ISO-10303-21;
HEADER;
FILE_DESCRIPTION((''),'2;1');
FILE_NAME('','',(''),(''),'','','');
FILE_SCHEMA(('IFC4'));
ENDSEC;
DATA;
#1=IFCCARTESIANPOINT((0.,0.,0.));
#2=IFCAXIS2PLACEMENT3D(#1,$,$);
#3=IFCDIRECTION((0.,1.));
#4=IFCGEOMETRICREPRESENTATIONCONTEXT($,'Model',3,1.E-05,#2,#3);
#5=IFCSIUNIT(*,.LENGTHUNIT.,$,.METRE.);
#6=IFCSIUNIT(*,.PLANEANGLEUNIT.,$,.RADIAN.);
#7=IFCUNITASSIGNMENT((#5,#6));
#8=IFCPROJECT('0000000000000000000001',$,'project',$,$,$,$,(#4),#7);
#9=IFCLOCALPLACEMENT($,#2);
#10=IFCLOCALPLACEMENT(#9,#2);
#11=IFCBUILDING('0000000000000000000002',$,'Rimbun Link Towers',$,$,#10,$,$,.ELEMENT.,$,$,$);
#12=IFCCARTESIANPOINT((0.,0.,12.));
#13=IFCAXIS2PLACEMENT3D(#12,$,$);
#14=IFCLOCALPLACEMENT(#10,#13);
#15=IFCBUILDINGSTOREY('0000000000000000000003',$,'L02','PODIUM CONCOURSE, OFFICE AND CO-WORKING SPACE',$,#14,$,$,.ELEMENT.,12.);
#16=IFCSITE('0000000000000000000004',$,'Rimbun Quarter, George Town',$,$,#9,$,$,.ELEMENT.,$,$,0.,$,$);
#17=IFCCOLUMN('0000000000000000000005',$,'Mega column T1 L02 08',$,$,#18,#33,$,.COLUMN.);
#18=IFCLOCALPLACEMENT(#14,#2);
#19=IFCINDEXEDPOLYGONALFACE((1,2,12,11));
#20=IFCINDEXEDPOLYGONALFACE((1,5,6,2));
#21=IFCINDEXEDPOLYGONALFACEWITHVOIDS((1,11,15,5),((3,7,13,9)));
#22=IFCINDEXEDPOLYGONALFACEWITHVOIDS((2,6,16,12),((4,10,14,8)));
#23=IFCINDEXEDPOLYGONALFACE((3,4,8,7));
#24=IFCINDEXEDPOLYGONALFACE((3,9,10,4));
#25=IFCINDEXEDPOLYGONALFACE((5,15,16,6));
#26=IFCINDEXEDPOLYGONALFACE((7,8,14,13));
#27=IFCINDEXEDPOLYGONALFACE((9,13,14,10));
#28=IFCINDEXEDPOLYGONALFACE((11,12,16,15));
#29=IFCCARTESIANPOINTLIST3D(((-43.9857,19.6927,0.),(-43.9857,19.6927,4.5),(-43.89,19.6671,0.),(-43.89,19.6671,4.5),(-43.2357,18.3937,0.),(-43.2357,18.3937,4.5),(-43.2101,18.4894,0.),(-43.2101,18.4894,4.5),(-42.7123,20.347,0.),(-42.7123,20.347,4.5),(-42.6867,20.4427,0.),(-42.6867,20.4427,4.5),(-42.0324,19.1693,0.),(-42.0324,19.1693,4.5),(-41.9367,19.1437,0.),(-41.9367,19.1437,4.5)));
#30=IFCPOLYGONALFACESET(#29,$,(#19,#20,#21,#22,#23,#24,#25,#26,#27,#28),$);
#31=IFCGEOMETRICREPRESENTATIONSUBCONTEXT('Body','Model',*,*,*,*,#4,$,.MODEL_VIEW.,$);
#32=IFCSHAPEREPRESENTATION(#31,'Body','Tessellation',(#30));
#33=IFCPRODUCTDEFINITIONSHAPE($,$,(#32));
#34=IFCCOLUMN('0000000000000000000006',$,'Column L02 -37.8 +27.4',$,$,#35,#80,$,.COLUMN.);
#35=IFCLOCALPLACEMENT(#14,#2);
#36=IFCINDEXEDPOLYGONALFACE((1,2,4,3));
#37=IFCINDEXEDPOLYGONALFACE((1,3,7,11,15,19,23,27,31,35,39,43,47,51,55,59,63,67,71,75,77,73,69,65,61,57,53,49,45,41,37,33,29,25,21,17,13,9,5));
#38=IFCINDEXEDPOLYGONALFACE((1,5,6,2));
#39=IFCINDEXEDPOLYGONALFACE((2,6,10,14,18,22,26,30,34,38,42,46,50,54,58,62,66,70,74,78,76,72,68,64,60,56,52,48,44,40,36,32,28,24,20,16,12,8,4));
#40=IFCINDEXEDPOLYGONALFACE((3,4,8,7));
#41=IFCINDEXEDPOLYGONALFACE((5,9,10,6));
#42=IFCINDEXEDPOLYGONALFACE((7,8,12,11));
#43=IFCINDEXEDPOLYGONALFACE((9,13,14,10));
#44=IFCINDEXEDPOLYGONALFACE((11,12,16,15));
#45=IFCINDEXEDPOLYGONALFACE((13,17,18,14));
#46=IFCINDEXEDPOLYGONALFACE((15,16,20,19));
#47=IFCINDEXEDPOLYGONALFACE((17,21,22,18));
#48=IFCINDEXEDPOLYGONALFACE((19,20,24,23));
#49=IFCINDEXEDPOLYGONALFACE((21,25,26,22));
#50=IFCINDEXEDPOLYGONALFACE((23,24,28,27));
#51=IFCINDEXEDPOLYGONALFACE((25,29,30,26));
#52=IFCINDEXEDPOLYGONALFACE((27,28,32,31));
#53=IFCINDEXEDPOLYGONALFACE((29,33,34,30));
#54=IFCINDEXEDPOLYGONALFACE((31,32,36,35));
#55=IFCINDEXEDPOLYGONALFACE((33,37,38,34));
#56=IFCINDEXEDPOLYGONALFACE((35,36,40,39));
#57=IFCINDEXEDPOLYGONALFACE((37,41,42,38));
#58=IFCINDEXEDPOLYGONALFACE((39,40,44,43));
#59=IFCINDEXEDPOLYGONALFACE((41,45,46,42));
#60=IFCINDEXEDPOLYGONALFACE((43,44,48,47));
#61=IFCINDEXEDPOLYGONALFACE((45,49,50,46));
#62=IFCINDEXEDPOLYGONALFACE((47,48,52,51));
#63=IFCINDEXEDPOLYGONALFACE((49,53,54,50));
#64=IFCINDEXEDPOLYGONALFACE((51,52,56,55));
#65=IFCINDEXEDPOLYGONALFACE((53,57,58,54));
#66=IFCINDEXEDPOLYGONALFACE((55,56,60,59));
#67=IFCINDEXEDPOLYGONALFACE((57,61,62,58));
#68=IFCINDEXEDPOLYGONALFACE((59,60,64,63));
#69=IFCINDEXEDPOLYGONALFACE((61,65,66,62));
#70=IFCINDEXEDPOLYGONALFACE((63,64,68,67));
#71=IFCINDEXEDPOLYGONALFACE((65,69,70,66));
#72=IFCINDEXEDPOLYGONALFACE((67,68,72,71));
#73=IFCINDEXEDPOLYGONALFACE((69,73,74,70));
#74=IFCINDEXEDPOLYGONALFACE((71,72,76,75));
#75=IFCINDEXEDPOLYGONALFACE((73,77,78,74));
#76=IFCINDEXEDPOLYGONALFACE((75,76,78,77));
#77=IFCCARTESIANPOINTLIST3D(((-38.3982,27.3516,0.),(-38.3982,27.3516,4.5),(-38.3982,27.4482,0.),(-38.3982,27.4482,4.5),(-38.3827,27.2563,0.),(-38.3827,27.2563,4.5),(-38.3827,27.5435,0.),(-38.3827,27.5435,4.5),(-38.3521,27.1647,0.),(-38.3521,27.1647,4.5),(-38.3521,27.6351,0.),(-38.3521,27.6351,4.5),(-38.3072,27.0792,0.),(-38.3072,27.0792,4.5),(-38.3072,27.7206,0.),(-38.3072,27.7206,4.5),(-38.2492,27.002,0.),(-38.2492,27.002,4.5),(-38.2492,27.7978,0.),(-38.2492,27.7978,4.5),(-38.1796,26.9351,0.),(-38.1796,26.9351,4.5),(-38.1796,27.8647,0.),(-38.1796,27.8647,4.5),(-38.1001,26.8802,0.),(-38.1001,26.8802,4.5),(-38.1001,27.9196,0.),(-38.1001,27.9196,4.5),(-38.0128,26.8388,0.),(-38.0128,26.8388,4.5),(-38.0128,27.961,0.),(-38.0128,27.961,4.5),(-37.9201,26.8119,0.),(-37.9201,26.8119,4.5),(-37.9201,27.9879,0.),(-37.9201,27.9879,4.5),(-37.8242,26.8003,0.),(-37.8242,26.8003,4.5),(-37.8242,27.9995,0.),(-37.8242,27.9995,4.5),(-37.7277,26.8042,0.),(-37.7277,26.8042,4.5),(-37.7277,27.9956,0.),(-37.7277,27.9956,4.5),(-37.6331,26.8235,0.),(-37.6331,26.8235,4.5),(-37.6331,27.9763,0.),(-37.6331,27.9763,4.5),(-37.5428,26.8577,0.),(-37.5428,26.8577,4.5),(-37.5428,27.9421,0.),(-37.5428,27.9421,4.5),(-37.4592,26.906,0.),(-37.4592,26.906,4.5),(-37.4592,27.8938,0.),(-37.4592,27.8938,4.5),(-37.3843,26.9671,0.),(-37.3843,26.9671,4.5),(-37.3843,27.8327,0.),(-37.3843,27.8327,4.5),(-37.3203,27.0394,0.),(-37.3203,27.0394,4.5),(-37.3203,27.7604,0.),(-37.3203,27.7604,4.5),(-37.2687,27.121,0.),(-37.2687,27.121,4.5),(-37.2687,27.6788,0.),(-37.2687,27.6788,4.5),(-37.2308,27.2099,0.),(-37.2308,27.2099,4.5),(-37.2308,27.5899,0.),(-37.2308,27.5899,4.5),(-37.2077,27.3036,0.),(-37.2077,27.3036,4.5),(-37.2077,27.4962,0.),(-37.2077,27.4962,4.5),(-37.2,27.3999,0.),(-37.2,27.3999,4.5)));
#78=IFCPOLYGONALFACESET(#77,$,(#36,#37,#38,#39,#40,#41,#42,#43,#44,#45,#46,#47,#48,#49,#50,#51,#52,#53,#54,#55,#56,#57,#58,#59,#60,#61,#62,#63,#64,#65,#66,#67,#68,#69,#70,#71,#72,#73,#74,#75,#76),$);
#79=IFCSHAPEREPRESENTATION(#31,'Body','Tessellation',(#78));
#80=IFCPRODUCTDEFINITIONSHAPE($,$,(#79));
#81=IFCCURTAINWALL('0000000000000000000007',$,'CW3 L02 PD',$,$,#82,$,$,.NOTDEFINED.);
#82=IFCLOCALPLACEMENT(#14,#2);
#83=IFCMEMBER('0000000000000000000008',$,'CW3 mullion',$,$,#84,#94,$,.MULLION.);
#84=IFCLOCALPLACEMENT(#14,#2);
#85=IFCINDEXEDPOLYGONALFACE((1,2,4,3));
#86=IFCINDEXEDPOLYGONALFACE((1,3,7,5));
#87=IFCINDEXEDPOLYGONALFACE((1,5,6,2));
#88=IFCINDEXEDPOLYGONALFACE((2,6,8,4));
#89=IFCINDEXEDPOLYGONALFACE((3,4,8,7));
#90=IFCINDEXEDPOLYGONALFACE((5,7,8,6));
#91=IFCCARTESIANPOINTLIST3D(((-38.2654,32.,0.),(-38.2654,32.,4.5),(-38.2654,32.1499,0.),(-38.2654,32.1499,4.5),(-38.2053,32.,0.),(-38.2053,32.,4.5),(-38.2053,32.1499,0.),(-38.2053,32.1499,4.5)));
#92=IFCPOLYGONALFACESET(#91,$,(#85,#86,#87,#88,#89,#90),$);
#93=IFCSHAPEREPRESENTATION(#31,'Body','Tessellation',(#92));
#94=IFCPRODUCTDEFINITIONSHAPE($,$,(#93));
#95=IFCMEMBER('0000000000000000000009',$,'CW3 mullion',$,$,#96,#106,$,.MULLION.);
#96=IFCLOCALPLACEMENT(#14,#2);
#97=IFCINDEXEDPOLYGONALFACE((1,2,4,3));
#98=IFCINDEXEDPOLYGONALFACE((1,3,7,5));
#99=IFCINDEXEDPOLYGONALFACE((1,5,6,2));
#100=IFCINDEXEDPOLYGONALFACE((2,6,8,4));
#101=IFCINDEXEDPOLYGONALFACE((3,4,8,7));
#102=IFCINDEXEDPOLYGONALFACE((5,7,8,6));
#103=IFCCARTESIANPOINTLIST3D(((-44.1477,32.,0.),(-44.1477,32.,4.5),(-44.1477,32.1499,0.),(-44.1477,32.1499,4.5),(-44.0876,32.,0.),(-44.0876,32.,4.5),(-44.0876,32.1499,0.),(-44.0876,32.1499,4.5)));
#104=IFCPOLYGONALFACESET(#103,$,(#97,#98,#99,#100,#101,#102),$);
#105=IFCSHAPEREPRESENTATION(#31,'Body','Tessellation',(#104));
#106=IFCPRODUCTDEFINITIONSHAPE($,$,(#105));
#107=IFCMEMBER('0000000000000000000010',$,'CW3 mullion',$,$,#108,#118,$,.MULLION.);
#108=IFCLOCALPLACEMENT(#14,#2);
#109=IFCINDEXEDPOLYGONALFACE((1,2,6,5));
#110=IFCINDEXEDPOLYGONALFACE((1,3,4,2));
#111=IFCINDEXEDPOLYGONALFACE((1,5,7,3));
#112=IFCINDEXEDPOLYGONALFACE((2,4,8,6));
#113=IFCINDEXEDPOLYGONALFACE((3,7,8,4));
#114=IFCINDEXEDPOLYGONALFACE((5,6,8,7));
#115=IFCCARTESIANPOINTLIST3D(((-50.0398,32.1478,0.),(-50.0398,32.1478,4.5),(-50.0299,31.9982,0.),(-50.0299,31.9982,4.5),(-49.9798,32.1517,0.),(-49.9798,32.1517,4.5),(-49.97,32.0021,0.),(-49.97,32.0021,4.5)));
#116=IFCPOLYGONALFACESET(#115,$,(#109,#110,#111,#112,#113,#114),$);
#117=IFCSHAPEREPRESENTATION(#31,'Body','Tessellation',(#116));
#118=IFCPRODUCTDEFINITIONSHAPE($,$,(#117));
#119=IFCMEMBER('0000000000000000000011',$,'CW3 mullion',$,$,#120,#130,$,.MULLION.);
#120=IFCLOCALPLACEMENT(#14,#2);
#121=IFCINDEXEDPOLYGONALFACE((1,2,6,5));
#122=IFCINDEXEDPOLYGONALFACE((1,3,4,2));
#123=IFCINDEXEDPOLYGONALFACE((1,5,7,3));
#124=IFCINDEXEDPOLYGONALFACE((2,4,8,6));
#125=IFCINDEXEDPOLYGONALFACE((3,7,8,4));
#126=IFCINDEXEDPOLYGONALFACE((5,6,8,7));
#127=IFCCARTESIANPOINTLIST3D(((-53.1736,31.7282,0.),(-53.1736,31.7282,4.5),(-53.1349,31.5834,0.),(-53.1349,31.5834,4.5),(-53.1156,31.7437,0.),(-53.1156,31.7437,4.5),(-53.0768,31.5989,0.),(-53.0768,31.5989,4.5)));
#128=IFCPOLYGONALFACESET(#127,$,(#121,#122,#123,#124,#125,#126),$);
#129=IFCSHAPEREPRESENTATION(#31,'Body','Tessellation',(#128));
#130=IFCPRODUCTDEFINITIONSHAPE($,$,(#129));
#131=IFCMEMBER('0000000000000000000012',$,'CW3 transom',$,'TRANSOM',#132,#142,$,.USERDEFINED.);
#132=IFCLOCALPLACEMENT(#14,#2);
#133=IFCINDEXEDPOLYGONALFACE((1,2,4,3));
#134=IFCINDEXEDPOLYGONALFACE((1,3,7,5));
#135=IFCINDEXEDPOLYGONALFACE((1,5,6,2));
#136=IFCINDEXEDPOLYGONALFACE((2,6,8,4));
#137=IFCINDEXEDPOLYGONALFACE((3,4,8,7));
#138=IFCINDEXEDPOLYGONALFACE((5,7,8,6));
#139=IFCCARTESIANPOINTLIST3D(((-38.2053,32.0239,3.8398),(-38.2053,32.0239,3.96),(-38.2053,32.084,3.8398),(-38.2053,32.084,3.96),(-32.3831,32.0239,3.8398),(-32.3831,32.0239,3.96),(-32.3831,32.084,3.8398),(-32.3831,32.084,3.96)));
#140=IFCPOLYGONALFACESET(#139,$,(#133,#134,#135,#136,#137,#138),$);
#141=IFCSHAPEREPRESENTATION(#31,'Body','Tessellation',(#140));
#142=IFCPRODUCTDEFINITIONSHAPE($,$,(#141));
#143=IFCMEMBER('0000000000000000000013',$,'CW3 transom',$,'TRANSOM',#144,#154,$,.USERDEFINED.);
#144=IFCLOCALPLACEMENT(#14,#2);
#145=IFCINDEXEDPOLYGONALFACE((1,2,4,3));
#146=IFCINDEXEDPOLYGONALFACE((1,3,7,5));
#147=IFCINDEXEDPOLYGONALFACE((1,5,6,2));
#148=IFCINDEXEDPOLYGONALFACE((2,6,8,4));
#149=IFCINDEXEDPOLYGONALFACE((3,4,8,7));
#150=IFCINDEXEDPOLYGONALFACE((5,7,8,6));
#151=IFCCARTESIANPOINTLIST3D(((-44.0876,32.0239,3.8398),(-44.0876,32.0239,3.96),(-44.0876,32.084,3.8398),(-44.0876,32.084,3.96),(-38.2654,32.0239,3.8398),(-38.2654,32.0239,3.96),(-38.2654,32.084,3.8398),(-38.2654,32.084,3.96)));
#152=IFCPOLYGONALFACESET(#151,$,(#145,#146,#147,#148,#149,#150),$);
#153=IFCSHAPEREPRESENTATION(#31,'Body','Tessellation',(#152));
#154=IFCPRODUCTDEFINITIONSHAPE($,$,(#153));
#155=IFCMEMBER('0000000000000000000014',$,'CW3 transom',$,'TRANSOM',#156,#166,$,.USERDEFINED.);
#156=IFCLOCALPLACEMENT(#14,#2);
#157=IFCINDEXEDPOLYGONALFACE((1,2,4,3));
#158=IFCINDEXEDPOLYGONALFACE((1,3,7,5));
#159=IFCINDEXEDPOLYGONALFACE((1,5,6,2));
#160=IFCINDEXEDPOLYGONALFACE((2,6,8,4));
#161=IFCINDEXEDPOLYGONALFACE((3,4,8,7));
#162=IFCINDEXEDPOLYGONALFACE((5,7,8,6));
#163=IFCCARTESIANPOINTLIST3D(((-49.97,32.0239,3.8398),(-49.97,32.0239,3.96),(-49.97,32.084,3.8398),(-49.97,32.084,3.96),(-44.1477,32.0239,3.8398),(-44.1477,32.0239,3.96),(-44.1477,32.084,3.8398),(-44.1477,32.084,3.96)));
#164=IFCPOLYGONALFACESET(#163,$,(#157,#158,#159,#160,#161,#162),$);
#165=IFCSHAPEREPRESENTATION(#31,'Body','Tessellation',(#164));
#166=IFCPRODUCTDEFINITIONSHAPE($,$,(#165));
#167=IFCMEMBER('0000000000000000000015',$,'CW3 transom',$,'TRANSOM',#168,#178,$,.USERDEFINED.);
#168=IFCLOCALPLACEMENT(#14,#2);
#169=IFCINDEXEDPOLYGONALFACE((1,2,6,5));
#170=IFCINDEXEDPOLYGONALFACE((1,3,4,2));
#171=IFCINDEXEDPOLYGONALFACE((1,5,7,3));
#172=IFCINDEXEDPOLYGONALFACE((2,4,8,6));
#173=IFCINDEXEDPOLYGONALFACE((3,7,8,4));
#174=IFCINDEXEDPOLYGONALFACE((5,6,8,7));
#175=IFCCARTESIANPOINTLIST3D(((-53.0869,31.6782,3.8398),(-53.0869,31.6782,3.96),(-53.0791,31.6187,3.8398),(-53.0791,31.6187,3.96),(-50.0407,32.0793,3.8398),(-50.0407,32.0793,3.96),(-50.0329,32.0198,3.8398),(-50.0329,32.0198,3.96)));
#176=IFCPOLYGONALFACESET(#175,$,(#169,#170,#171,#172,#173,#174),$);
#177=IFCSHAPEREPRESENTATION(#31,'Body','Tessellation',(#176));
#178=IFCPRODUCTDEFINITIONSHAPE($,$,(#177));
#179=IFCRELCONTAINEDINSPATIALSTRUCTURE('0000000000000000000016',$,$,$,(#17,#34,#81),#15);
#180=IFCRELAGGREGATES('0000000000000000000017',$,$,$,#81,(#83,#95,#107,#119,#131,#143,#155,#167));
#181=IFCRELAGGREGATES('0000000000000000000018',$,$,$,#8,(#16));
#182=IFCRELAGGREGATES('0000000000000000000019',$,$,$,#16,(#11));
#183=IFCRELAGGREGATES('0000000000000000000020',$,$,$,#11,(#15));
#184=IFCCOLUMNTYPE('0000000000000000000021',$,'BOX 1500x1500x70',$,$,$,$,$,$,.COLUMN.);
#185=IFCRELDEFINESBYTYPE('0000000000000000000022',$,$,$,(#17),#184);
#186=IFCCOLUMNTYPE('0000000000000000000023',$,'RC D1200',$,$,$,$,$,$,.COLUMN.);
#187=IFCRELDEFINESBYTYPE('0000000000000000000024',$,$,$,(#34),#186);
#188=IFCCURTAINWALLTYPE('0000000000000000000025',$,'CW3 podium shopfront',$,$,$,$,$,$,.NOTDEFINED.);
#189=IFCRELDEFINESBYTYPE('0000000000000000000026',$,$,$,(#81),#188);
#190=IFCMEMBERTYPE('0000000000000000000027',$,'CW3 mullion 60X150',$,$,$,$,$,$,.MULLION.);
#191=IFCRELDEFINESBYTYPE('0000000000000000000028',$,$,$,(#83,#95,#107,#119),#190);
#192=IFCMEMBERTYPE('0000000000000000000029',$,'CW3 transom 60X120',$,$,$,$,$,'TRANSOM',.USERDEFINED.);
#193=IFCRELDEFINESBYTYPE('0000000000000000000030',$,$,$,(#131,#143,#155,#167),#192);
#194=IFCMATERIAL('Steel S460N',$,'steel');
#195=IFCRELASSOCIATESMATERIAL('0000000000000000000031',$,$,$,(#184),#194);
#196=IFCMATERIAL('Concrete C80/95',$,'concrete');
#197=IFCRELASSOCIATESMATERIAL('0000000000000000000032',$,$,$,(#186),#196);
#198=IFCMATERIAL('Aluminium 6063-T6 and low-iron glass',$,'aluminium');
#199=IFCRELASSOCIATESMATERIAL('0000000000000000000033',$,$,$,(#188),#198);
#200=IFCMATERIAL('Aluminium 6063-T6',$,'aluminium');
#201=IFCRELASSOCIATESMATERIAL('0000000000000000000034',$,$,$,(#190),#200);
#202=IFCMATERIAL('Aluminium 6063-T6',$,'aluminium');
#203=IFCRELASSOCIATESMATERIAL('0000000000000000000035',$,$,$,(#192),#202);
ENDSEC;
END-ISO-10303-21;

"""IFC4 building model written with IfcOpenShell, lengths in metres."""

from ifc_helpers import new_model, si_unit, direction, frame, origin, origin_2d, place, context, subcontext, project, spatial, rectangle, hollow_rectangle, circle, extrude, material, material_profile, profile_set, type_object, element, aggregate, save


model = new_model("IFC4")

# Units and contexts
model_context = context("Model", 3, precision=1e-05, world=origin(), true_north=direction((0.0, 1.0)))
body_context = subcontext(model_context, "Body", "Model", "MODEL_VIEW")
ifc_project = project(units=[si_unit("LENGTHUNIT", "METRE"), si_unit("PLANEANGLEUNIT", "RADIAN")], contexts=[model_context])

# Site, building, storey
site_placement = place(None, origin())
site = spatial("IfcSite", under=ifc_project, at=site_placement, Name="Rimbun Quarter, George Town", CompositionType="ELEMENT", RefElevation=0.0)
building_placement = place(site_placement, origin())
building = spatial("IfcBuilding", under=site, at=building_placement, Name="Rimbun Link Towers", CompositionType="ELEMENT")
storey_placement = place(building_placement, frame((0.0, 0.0, 12.0)))
storey = spatial("IfcBuildingStorey", under=building, at=storey_placement, Name="L02", Description="PODIUM CONCOURSE, OFFICE AND CO-WORKING SPACE", CompositionType="ELEMENT", Elevation=12.0)

# Columns
ifc_material_1 = material(Name="Steel S460N", Category="steel")
ifc_material_profile_1 = material_profile(ifc_material_1, hollow_rectangle(XDim=1.5, YDim=1.5, WallThickness=0.0701, at=origin_2d()), Name="BOX 1500x1500x70")
ifc_profile_set_1 = profile_set([ifc_material_profile_1], Name="Steel S460N")
column_type_1 = type_object("IfcColumnType", Name="BOX 1500x1500x70", PredefinedType="COLUMN", material=ifc_profile_set_1)
column_1_placement = place(storey_placement, frame((-42.9612, 19.4182, 0.0), z_axis=(0.0, 0.0, 1.0), x_axis=(-0.5, 0.866025, 0.0)))
element("IfcColumn", 1, at=column_1_placement, inside=storey, type_object=column_type_1, Name="Mega column T1 L02 08", PredefinedType="COLUMN", context=body_context, shape_type="SweptSolid", body=[
    extrude(hollow_rectangle(XDim=1.5, YDim=1.5, WallThickness=0.0701, at=origin_2d()), origin(), (0.0, 0.0, 1.0), 4.5),
])
ifc_material_2 = material(Name="Concrete C80/95", Category="concrete")
ifc_material_profile_2 = material_profile(ifc_material_2, circle(Radius=0.6001, at=origin_2d()), Name="RC D1200")
ifc_profile_set_2 = profile_set([ifc_material_profile_2], Name="Concrete C80/95")
column_type_2 = type_object("IfcColumnType", Name="RC D1200", PredefinedType="COLUMN", material=ifc_profile_set_2)
column_2_placement = place(storey_placement, frame((-37.8, 27.3999, 0.0), z_axis=(0.0, 0.0, 1.0), x_axis=(1.0, 0.0, 0.0)))
element("IfcColumn", 2, at=column_2_placement, inside=storey, type_object=column_type_2, Name="Column L02 -37.8 +27.4", PredefinedType="COLUMN", context=body_context, shape_type="SweptSolid", body=[
    extrude(circle(Radius=0.6001, at=origin_2d()), origin(), (0.0, 0.0, 1.0), 4.5),
])

# Curtain wall, members
ifc_material_3 = material(Name="Aluminium 6063-T6 and low-iron glass", Category="aluminium")
curtain_wall_type = type_object("IfcCurtainWallType", Name="CW3 podium shopfront", PredefinedType="NOTDEFINED", material=ifc_material_3)
curtain_wall_placement = place(storey_placement, origin())
curtain_wall = element("IfcCurtainWall", 3, at=curtain_wall_placement, inside=storey, type_object=curtain_wall_type, Name="CW3 L02 PD", PredefinedType="NOTDEFINED")
ifc_material_4 = material(Name="Aluminium 6063-T6", Category="aluminium")
ifc_material_profile_3 = material_profile(ifc_material_4, rectangle(XDim=0.1499, YDim=0.0601, at=origin_2d()), Name="MULLION 60X150")
ifc_profile_set_3 = profile_set([ifc_material_profile_3], Name="Aluminium 6063-T6")
member_type_1 = type_object("IfcMemberType", Name="CW3 mullion 60X150", PredefinedType="MULLION", material=ifc_profile_set_3)
member_1_placement = place(storey_placement, frame((-38.2354, 32.075, 0.0), z_axis=(0.0, 0.0, 1.0), x_axis=(0.0, 1.0, 0.0)))
member_1 = element("IfcMember", 4, at=member_1_placement, type_object=member_type_1, Name="CW3 mullion", PredefinedType="MULLION", context=body_context, shape_type="SweptSolid", body=[
    extrude(rectangle(XDim=0.1499, YDim=0.0601, at=origin_2d()), origin(), (0.0, 0.0, 1.0), 4.5),
])
member_2_placement = place(storey_placement, frame((-44.1177, 32.075, 0.0), z_axis=(0.0, 0.0, 1.0), x_axis=(0.0, 1.0, 0.0)))
member_2 = element("IfcMember", 5, at=member_2_placement, type_object=member_type_1, Name="CW3 mullion", PredefinedType="MULLION", context=body_context, shape_type="SweptSolid", body=[
    extrude(rectangle(XDim=0.1499, YDim=0.0601, at=origin_2d()), origin(), (0.0, 0.0, 1.0), 4.5),
])
member_3_placement = place(storey_placement, frame((-50.0049, 32.075, 0.0), z_axis=(0.0, 0.0, 1.0), x_axis=(-0.065405, 0.997859, 0.0)))
member_3 = element("IfcMember", 6, at=member_3_placement, type_object=member_type_1, Name="CW3 mullion", PredefinedType="MULLION", context=body_context, shape_type="SweptSolid", body=[
    extrude(rectangle(XDim=0.1499, YDim=0.0601, at=origin_2d()), origin(), (0.0, 0.0, 1.0), 4.5),
])
member_4_placement = place(storey_placement, frame((-53.1252, 31.6636, 0.0), z_axis=(0.0, 0.0, 1.0), x_axis=(-0.258819, 0.965926, 0.0)))
member_4 = element("IfcMember", 7, at=member_4_placement, type_object=member_type_1, Name="CW3 mullion", PredefinedType="MULLION", context=body_context, shape_type="SweptSolid", body=[
    extrude(rectangle(XDim=0.1499, YDim=0.0601, at=origin_2d()), origin(), (0.0, 0.0, 1.0), 4.5),
])
ifc_material_5 = material(Name="Aluminium 6063-T6", Category="aluminium")
ifc_material_profile_4 = material_profile(ifc_material_5, rectangle(XDim=0.0601, YDim=0.1201, at=origin_2d()), Name="TRANSOM 60X120")
ifc_profile_set_4 = profile_set([ifc_material_profile_4], Name="Aluminium 6063-T6")
member_type_2 = type_object("IfcMemberType", Name="CW3 transom 60X120", ElementType="TRANSOM", PredefinedType="USERDEFINED", material=ifc_profile_set_4)
member_5_placement = place(storey_placement, frame((-38.2053, 32.054, 3.8999), z_axis=(1.0, 0.0, 0.0), x_axis=(0.0, 1.0, 0.0)))
member_5 = element("IfcMember", 8, at=member_5_placement, type_object=member_type_2, Name="CW3 transom", ObjectType="TRANSOM", PredefinedType="USERDEFINED", context=body_context, shape_type="SweptSolid", body=[
    extrude(rectangle(XDim=0.0601, YDim=0.1201, at=origin_2d()), origin(), (0.0, 0.0, 1.0), 5.8223),
])
member_6_placement = place(storey_placement, frame((-44.0876, 32.054, 3.8999), z_axis=(1.0, 0.0, 0.0), x_axis=(0.0, 1.0, 0.0)))
member_6 = element("IfcMember", 9, at=member_6_placement, type_object=member_type_2, Name="CW3 transom", ObjectType="TRANSOM", PredefinedType="USERDEFINED", context=body_context, shape_type="SweptSolid", body=[
    extrude(rectangle(XDim=0.0601, YDim=0.1201, at=origin_2d()), origin(), (0.0, 0.0, 1.0), 5.8223),
])
member_7_placement = place(storey_placement, frame((-49.97, 32.054, 3.8999), z_axis=(1.0, 0.0, 0.0), x_axis=(0.0, 1.0, 0.0)))
member_7 = element("IfcMember", 10, at=member_7_placement, type_object=member_type_2, Name="CW3 transom", ObjectType="TRANSOM", PredefinedType="USERDEFINED", context=body_context, shape_type="SweptSolid", body=[
    extrude(rectangle(XDim=0.0601, YDim=0.1201, at=origin_2d()), origin(), (0.0, 0.0, 1.0), 5.8223),
])
member_8_placement = place(storey_placement, frame((-53.083, 31.6484, 3.8999), z_axis=(0.991441, 0.130555, 0.0), x_axis=(-0.130555, 0.991441, 0.0)))
member_8 = element("IfcMember", 11, at=member_8_placement, type_object=member_type_2, Name="CW3 transom", ObjectType="TRANSOM", PredefinedType="USERDEFINED", context=body_context, shape_type="SweptSolid", body=[
    extrude(rectangle(XDim=0.0601, YDim=0.1201, at=origin_2d()), origin(), (0.0, 0.0, 1.0), 3.0725),
])

aggregate(curtain_wall, [member_1, member_2, member_3, member_4, member_5, member_6, member_7, member_8])

save(model, "model.ifc")
